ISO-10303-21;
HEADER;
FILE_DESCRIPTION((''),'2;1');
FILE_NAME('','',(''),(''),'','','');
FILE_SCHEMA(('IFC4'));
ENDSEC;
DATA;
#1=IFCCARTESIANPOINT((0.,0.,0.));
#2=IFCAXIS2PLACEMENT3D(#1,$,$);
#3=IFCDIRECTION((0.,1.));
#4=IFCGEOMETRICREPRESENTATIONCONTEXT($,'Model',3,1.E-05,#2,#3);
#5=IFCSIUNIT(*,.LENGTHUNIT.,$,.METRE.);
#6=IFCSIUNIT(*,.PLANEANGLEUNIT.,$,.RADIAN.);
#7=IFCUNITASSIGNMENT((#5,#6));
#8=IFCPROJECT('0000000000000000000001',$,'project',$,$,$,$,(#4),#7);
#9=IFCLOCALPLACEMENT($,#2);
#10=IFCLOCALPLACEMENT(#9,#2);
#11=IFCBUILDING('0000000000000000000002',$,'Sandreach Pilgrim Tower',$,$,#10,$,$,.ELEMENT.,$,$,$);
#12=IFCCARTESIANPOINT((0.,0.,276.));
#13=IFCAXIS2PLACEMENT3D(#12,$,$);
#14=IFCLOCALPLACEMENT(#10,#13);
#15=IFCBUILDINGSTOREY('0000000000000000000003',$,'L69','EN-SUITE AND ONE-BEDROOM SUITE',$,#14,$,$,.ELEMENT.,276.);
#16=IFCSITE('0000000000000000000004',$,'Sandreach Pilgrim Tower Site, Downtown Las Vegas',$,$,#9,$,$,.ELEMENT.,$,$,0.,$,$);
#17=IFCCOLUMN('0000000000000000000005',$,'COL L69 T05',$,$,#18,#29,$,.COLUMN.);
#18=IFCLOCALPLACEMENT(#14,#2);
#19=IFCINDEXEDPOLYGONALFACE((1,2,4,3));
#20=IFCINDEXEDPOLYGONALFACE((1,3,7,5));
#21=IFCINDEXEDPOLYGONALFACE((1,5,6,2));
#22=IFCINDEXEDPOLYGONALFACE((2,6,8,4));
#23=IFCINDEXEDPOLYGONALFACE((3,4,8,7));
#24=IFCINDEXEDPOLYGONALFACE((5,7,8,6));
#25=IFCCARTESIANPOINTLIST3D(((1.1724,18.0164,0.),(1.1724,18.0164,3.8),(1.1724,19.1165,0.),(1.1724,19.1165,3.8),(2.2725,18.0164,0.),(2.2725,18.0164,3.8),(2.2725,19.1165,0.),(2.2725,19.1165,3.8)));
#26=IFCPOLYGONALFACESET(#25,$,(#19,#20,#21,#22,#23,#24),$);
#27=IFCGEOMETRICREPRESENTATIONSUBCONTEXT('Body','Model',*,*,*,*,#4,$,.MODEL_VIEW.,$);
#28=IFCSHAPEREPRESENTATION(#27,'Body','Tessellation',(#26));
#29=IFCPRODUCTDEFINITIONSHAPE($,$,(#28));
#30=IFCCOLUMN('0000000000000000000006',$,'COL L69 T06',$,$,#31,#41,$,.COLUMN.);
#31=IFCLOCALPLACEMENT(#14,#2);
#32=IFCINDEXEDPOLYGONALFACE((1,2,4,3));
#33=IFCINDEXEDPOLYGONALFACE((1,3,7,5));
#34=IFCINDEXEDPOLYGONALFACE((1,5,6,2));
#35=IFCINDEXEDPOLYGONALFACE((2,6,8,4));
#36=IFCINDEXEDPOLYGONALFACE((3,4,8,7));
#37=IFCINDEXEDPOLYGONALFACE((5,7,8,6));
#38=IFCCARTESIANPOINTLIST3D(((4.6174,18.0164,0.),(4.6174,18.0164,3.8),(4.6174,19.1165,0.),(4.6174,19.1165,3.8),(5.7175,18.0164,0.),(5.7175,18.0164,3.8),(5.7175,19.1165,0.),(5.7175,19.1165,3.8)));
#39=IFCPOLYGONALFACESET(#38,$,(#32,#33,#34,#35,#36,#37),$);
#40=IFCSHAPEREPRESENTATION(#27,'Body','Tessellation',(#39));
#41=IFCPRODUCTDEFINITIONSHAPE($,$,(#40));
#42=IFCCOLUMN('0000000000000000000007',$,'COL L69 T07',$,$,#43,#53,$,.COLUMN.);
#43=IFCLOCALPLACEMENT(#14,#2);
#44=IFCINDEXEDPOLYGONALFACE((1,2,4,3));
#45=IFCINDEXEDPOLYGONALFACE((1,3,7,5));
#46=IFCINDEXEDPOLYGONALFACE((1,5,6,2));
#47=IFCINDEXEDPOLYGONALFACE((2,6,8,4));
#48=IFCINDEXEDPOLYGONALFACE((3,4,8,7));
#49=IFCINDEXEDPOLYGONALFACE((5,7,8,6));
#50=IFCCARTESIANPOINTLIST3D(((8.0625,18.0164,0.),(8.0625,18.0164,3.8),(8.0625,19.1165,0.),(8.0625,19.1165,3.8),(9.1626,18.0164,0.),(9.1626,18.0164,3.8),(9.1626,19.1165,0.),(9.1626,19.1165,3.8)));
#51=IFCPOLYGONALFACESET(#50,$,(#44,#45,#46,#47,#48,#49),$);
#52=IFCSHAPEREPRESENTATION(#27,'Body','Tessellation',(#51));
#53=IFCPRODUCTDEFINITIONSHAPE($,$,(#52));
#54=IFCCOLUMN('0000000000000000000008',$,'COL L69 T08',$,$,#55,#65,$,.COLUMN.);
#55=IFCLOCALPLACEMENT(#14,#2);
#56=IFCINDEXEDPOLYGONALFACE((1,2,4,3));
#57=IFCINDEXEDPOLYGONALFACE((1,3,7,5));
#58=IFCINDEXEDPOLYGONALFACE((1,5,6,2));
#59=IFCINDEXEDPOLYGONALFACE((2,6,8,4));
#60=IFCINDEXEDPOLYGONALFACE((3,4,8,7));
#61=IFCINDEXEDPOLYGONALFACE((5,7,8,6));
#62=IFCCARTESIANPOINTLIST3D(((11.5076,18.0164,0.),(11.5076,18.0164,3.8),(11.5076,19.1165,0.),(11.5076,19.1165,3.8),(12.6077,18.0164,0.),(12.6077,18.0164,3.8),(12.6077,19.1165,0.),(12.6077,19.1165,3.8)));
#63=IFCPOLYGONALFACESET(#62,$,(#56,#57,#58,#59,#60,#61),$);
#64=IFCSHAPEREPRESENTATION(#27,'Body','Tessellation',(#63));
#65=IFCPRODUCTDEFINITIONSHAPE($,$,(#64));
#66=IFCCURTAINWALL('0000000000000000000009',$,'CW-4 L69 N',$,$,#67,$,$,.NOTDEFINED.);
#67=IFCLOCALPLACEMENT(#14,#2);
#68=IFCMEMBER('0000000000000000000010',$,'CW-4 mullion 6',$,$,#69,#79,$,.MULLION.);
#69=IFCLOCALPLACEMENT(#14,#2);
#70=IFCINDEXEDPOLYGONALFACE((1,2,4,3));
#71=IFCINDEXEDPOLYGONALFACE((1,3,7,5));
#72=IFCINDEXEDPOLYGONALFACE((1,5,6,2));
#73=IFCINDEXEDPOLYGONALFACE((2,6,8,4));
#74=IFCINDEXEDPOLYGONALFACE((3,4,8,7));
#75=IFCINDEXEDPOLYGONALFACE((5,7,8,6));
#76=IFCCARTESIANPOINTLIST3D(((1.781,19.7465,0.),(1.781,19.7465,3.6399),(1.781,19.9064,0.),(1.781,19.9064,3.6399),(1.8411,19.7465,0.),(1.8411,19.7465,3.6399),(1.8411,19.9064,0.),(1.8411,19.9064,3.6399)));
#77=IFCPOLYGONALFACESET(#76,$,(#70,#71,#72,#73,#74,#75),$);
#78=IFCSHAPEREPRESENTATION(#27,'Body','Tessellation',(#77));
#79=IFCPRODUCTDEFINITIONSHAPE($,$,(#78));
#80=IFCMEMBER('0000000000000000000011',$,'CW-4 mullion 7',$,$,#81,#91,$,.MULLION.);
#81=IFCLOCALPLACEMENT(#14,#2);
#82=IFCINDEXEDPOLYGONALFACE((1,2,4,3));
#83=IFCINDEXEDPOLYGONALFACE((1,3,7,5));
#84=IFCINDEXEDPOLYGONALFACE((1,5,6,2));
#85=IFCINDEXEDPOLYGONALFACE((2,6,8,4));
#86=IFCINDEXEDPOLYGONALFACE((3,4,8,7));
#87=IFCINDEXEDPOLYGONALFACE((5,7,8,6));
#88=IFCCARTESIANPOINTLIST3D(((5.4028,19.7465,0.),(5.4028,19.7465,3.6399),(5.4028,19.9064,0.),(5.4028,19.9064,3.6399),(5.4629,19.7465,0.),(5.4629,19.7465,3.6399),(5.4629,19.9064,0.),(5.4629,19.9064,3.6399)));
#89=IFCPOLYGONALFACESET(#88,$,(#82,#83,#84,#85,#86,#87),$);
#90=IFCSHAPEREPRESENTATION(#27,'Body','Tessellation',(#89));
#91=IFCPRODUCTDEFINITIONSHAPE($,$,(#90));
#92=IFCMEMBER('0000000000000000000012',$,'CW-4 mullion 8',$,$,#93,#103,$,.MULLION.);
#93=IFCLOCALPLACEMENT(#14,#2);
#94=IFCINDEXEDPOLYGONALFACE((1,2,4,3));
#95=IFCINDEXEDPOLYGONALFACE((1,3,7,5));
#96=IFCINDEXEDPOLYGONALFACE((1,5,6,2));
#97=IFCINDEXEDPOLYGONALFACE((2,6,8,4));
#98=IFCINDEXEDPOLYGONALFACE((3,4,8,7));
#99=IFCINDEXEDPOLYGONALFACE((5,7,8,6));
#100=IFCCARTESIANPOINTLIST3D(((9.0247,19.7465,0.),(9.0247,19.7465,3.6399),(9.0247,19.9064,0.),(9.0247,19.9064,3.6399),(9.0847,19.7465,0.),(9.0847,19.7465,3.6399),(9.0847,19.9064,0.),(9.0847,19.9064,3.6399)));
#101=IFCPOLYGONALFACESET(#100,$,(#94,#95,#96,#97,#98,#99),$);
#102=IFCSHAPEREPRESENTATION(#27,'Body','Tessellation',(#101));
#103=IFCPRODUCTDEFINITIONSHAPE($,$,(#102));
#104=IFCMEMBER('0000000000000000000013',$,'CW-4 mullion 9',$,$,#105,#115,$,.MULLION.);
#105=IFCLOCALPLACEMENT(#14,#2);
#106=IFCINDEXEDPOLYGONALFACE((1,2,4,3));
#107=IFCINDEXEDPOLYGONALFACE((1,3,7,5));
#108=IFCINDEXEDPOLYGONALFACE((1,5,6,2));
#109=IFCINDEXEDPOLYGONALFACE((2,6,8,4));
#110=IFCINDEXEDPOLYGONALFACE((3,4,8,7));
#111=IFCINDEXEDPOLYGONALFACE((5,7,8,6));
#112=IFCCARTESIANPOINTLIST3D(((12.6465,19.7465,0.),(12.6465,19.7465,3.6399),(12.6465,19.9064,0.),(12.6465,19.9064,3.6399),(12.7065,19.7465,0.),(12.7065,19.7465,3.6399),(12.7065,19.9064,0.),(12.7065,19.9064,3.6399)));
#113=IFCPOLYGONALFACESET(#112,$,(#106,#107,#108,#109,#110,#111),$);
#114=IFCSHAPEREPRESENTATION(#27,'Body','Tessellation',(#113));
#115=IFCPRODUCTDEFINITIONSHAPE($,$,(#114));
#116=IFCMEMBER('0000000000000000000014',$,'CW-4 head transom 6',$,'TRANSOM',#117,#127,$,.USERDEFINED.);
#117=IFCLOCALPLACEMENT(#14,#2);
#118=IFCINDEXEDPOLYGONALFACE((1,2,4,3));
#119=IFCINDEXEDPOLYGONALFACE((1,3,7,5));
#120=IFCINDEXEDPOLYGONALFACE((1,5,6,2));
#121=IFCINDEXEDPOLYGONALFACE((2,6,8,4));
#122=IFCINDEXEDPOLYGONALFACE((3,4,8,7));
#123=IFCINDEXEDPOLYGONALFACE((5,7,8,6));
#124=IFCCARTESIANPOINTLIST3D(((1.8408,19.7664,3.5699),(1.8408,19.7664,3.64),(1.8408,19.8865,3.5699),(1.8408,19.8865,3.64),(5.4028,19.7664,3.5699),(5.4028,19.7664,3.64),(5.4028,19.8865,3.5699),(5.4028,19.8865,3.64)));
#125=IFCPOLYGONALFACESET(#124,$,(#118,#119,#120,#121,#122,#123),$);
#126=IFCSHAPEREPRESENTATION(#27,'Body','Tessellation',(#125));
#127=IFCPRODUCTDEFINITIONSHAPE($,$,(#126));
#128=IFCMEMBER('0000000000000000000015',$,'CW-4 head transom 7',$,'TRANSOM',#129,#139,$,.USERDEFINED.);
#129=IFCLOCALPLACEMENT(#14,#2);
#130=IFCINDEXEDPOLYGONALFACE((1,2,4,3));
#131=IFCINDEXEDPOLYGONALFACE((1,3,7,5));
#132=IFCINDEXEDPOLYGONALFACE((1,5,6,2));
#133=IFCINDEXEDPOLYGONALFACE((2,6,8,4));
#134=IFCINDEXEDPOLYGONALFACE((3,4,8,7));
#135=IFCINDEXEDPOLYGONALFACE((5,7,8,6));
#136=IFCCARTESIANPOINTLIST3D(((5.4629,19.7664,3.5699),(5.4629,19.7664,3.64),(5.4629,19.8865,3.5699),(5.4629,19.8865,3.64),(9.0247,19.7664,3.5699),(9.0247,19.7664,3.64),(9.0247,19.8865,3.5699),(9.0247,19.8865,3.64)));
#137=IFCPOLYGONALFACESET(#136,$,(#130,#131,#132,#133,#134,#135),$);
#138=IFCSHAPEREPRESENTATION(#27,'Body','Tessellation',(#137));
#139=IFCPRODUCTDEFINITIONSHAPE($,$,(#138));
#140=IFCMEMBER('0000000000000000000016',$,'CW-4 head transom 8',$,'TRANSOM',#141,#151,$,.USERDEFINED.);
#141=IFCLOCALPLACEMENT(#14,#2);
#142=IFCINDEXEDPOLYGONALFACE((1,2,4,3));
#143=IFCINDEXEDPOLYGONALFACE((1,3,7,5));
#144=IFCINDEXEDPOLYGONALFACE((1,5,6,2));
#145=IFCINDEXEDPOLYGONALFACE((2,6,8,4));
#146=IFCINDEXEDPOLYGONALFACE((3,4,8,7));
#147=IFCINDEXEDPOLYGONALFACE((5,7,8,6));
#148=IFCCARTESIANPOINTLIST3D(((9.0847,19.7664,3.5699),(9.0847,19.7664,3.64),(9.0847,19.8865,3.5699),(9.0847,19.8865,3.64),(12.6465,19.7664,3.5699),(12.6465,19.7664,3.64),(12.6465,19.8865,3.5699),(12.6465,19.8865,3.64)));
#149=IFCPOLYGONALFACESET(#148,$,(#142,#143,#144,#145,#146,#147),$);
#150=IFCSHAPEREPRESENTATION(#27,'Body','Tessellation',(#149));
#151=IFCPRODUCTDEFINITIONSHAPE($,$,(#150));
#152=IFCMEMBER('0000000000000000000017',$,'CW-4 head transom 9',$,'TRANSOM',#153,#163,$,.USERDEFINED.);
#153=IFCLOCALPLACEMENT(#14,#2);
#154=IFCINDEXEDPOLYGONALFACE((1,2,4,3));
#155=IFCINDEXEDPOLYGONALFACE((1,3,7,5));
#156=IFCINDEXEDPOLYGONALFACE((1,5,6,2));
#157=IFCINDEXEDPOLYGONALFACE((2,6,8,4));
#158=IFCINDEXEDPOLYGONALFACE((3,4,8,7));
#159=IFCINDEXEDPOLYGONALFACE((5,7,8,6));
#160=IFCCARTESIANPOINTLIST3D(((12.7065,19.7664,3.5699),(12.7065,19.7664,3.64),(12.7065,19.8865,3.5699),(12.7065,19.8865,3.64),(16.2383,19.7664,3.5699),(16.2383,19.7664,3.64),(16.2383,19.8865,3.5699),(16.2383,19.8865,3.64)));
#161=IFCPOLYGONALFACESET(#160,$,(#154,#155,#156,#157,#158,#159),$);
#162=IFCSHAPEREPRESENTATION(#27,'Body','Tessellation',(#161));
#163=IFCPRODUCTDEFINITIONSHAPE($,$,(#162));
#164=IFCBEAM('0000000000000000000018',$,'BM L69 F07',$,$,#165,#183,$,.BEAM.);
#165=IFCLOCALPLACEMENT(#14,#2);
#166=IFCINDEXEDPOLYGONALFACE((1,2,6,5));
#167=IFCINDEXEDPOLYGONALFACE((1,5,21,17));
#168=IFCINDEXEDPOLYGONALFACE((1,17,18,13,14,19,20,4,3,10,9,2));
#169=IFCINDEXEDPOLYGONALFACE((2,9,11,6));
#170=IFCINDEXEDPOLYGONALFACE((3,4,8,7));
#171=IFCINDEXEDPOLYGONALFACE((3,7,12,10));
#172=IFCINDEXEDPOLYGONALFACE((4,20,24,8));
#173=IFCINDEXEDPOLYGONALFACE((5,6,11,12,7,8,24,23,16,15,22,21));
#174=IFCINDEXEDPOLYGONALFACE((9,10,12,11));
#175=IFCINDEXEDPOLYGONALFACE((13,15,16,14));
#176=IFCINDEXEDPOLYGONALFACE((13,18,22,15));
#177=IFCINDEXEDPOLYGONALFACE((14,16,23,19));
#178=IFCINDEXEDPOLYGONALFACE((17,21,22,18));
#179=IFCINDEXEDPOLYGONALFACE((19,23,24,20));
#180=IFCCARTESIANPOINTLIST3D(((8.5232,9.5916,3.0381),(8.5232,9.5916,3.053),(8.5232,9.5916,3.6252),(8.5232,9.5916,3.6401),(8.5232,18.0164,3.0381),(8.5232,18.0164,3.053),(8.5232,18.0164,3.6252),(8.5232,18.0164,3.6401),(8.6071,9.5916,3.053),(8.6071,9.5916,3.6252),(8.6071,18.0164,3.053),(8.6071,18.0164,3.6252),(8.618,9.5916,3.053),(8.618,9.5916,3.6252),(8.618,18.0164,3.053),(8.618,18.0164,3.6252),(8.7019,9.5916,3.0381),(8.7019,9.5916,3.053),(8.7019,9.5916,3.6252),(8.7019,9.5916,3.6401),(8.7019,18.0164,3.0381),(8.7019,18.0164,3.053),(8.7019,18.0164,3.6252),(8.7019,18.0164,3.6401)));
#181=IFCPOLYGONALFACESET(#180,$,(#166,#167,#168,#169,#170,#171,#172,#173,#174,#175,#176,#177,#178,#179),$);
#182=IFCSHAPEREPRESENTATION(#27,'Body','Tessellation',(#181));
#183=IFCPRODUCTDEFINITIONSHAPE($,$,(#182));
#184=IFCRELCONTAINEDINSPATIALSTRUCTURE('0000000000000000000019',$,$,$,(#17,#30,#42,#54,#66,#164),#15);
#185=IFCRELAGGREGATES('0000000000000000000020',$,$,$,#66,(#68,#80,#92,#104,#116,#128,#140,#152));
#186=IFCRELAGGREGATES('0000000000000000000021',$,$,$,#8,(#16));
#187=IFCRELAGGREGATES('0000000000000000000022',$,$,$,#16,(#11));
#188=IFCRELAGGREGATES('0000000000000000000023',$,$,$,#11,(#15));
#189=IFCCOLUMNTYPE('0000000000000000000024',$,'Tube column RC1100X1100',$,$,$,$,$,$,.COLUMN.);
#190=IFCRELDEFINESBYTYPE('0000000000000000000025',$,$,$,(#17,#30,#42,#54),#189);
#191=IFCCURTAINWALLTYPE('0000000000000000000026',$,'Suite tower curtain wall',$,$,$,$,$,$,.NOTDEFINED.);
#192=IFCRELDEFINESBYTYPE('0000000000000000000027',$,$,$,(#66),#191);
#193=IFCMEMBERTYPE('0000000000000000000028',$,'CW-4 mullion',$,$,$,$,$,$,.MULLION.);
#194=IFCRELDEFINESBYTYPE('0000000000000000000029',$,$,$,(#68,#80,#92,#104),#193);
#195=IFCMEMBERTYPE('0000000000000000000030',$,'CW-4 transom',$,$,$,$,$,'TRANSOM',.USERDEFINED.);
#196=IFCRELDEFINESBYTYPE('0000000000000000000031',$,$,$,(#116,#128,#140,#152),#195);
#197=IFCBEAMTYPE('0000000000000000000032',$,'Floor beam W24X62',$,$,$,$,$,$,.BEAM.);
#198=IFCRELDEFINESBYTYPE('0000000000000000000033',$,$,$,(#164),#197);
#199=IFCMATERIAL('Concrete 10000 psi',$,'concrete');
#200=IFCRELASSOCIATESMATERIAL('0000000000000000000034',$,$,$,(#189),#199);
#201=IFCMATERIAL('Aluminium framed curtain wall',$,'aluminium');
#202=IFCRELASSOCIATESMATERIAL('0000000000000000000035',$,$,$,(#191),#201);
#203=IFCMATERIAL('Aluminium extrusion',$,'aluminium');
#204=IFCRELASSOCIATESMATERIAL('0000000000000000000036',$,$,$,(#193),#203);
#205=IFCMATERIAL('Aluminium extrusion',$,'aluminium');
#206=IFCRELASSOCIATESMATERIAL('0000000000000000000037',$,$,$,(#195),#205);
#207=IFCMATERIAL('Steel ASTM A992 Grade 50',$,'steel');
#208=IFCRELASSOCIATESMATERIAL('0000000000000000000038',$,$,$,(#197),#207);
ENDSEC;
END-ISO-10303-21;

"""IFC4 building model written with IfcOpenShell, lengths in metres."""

from ifc_helpers import new_model, si_unit, direction, frame, origin, origin_2d, place, context, subcontext, project, spatial, rectangle, i_section, extrude, material, material_profile, profile_set, type_object, element, aggregate, save


model = new_model("IFC4")

# Units and contexts
model_context = context("Model", 3, precision=1e-05, world=origin(), true_north=direction((0.0, 1.0)))
body_context = subcontext(model_context, "Body", "Model", "MODEL_VIEW")
ifc_project = project(units=[si_unit("LENGTHUNIT", "METRE"), si_unit("PLANEANGLEUNIT", "RADIAN")], contexts=[model_context])

# Site, building, storey
site_placement = place(None, origin())
site = spatial("IfcSite", under=ifc_project, at=site_placement, Name="Sandreach Pilgrim Tower Site, Downtown Las Vegas", CompositionType="ELEMENT", RefElevation=0.0)
building_placement = place(site_placement, origin())
building = spatial("IfcBuilding", under=site, at=building_placement, Name="Sandreach Pilgrim Tower", CompositionType="ELEMENT")
storey_placement = place(building_placement, frame((0.0, 0.0, 276.0)))
storey = spatial("IfcBuildingStorey", under=building, at=storey_placement, Name="L69", Description="EN-SUITE AND ONE-BEDROOM SUITE", CompositionType="ELEMENT", Elevation=276.0)

# Columns
ifc_material_1 = material(Name="Concrete 10000 psi", Category="concrete")
ifc_material_profile_1 = material_profile(ifc_material_1, rectangle(XDim=1.1001, YDim=1.1001, at=origin_2d()), Name="RC1100X1100")
ifc_profile_set_1 = profile_set([ifc_material_profile_1], Name="Concrete 10000 psi")
column_type = type_object("IfcColumnType", Name="Tube column RC1100X1100", PredefinedType="COLUMN", material=ifc_profile_set_1)
for number, where, z_axis, x_axis, name in (
    (1, (1.7224, 18.5664, 0.0), (0.0, 0.0, 1.0), (0.0, 1.0, 0.0), "COL L69 T05"),
    (2, (5.1675, 18.5664, 0.0), (0.0, 0.0, 1.0), (0.0, 1.0, 0.0), "COL L69 T06"),
    (3, (8.6125, 18.5664, 0.0), (0.0, 0.0, 1.0), (0.0, 1.0, 0.0), "COL L69 T07"),
    (4, (12.0576, 18.5664, 0.0), (0.0, 0.0, 1.0), (0.0, 1.0, 0.0), "COL L69 T08"),
):
    element("IfcColumn", number, at=place(storey_placement, frame(where, z_axis=z_axis, x_axis=x_axis)), inside=storey, type_object=column_type, Name=name, PredefinedType="COLUMN", context=body_context, shape_type="SweptSolid", body=[
        extrude(rectangle(XDim=1.1001, YDim=1.1001, at=origin_2d()), origin(), (0.0, 0.0, 1.0), 3.8),
    ])

# Curtain wall, members
ifc_material_2 = material(Name="Aluminium framed curtain wall", Category="aluminium")
curtain_wall_type = type_object("IfcCurtainWallType", Name="Suite tower curtain wall", PredefinedType="NOTDEFINED", material=ifc_material_2)
curtain_wall_placement = place(storey_placement, origin())
curtain_wall = element("IfcCurtainWall", 5, at=curtain_wall_placement, inside=storey, type_object=curtain_wall_type, Name="CW-4 L69 N", PredefinedType="NOTDEFINED")
ifc_material_3 = material(Name="Aluminium extrusion", Category="aluminium")
ifc_material_profile_2 = material_profile(ifc_material_3, rectangle(XDim=0.0601, YDim=0.1599, at=origin_2d()), Name="CW-4M 60X160")
ifc_profile_set_2 = profile_set([ifc_material_profile_2], Name="Aluminium extrusion")
member_type_1 = type_object("IfcMemberType", Name="CW-4 mullion", PredefinedType="MULLION", material=ifc_profile_set_2)
member_1_placement = place(storey_placement, frame((1.811, 19.8264, 0.0), z_axis=(0.0, 0.0, 1.0), x_axis=(1.0, 0.0, 0.0)))
member_1 = element("IfcMember", 6, at=member_1_placement, type_object=member_type_1, Name="CW-4 mullion 6", PredefinedType="MULLION", context=body_context, shape_type="SweptSolid", body=[
    extrude(rectangle(XDim=0.0601, YDim=0.1599, at=origin_2d()), origin(), (0.0, 0.0, 1.0), 3.6399),
])
member_2_placement = place(storey_placement, frame((5.4329, 19.8264, 0.0), z_axis=(0.0, 0.0, 1.0), x_axis=(1.0, 0.0, 0.0)))
member_2 = element("IfcMember", 7, at=member_2_placement, type_object=member_type_1, Name="CW-4 mullion 7", PredefinedType="MULLION", context=body_context, shape_type="SweptSolid", body=[
    extrude(rectangle(XDim=0.0601, YDim=0.1599, at=origin_2d()), origin(), (0.0, 0.0, 1.0), 3.6399),
])
member_3_placement = place(storey_placement, frame((9.0547, 19.8264, 0.0), z_axis=(0.0, 0.0, 1.0), x_axis=(1.0, 0.0, 0.0)))
member_3 = element("IfcMember", 8, at=member_3_placement, type_object=member_type_1, Name="CW-4 mullion 8", PredefinedType="MULLION", context=body_context, shape_type="SweptSolid", body=[
    extrude(rectangle(XDim=0.0601, YDim=0.1599, at=origin_2d()), origin(), (0.0, 0.0, 1.0), 3.6399),
])
member_4_placement = place(storey_placement, frame((12.6765, 19.8264, 0.0), z_axis=(0.0, 0.0, 1.0), x_axis=(1.0, 0.0, 0.0)))
member_4 = element("IfcMember", 9, at=member_4_placement, type_object=member_type_1, Name="CW-4 mullion 9", PredefinedType="MULLION", context=body_context, shape_type="SweptSolid", body=[
    extrude(rectangle(XDim=0.0601, YDim=0.1599, at=origin_2d()), origin(), (0.0, 0.0, 1.0), 3.6399),
])
ifc_material_4 = material(Name="Aluminium extrusion", Category="aluminium")
ifc_material_profile_3 = material_profile(ifc_material_4, rectangle(XDim=0.1201, YDim=0.0701, at=origin_2d()), Name="CW-4T 120X70")
ifc_profile_set_3 = profile_set([ifc_material_profile_3], Name="Aluminium extrusion")
member_type_2 = type_object("IfcMemberType", Name="CW-4 transom", ElementType="TRANSOM", PredefinedType="USERDEFINED", material=ifc_profile_set_3)
member_5_placement = place(storey_placement, frame((1.8408, 19.8264, 3.605), z_axis=(1.0, 0.0, 0.0), x_axis=(0.0, 1.0, 0.0)))
member_5 = element("IfcMember", 10, at=member_5_placement, type_object=member_type_2, Name="CW-4 head transom 6", ObjectType="TRANSOM", PredefinedType="USERDEFINED", context=body_context, shape_type="SweptSolid", body=[
    extrude(rectangle(XDim=0.1201, YDim=0.0701, at=origin_2d()), origin(), (0.0, 0.0, 1.0), 3.562),
])
member_6_placement = place(storey_placement, frame((5.4629, 19.8264, 3.605), z_axis=(1.0, 0.0, 0.0), x_axis=(0.0, 1.0, 0.0)))
member_6 = element("IfcMember", 11, at=member_6_placement, type_object=member_type_2, Name="CW-4 head transom 7", ObjectType="TRANSOM", PredefinedType="USERDEFINED", context=body_context, shape_type="SweptSolid", body=[
    extrude(rectangle(XDim=0.1201, YDim=0.0701, at=origin_2d()), origin(), (0.0, 0.0, 1.0), 3.5618),
])
member_7_placement = place(storey_placement, frame((9.0847, 19.8264, 3.605), z_axis=(1.0, 0.0, 0.0), x_axis=(0.0, 1.0, 0.0)))
member_7 = element("IfcMember", 12, at=member_7_placement, type_object=member_type_2, Name="CW-4 head transom 8", ObjectType="TRANSOM", PredefinedType="USERDEFINED", context=body_context, shape_type="SweptSolid", body=[
    extrude(rectangle(XDim=0.1201, YDim=0.0701, at=origin_2d()), origin(), (0.0, 0.0, 1.0), 3.5618),
])
member_8_placement = place(storey_placement, frame((12.7065, 19.8264, 3.605), z_axis=(1.0, 0.0, 0.0), x_axis=(0.0, 1.0, 0.0)))
member_8 = element("IfcMember", 13, at=member_8_placement, type_object=member_type_2, Name="CW-4 head transom 9", ObjectType="TRANSOM", PredefinedType="USERDEFINED", context=body_context, shape_type="SweptSolid", body=[
    extrude(rectangle(XDim=0.1201, YDim=0.0701, at=origin_2d()), origin(), (0.0, 0.0, 1.0), 3.5317),
])

# Beam
ifc_material_5 = material(Name="Steel ASTM A992 Grade 50", Category="steel")
ifc_material_profile_4 = material_profile(ifc_material_5, i_section(OverallWidth=0.1787, OverallDepth=0.6021, WebThickness=0.011, FlangeThickness=0.0149, at=origin_2d()), Name="W24X62")
ifc_profile_set_4 = profile_set([ifc_material_profile_4], Name="Steel ASTM A992 Grade 50")
beam_type_1 = type_object("IfcBeamType", Name="Floor beam W24X62", PredefinedType="BEAM", material=ifc_profile_set_4)
beam_1_placement = place(storey_placement, frame((8.6125, 18.0164, 3.3391), z_axis=(0.0, -1.0, 0.0), x_axis=(1.0, 0.0, 0.0)))
element("IfcBeam", 14, at=beam_1_placement, inside=storey, type_object=beam_type_1, Name="BM L69 F07", PredefinedType="BEAM", context=body_context, shape_type="SweptSolid", body=[
    extrude(i_section(OverallWidth=0.1787, OverallDepth=0.6021, WebThickness=0.011, FlangeThickness=0.0149, at=origin_2d()), origin(), (0.0, 0.0, 1.0), 8.4248),
])

aggregate(curtain_wall, [member_1, member_2, member_3, member_4, member_5, member_6, member_7, member_8])

save(model, "model.ifc")
